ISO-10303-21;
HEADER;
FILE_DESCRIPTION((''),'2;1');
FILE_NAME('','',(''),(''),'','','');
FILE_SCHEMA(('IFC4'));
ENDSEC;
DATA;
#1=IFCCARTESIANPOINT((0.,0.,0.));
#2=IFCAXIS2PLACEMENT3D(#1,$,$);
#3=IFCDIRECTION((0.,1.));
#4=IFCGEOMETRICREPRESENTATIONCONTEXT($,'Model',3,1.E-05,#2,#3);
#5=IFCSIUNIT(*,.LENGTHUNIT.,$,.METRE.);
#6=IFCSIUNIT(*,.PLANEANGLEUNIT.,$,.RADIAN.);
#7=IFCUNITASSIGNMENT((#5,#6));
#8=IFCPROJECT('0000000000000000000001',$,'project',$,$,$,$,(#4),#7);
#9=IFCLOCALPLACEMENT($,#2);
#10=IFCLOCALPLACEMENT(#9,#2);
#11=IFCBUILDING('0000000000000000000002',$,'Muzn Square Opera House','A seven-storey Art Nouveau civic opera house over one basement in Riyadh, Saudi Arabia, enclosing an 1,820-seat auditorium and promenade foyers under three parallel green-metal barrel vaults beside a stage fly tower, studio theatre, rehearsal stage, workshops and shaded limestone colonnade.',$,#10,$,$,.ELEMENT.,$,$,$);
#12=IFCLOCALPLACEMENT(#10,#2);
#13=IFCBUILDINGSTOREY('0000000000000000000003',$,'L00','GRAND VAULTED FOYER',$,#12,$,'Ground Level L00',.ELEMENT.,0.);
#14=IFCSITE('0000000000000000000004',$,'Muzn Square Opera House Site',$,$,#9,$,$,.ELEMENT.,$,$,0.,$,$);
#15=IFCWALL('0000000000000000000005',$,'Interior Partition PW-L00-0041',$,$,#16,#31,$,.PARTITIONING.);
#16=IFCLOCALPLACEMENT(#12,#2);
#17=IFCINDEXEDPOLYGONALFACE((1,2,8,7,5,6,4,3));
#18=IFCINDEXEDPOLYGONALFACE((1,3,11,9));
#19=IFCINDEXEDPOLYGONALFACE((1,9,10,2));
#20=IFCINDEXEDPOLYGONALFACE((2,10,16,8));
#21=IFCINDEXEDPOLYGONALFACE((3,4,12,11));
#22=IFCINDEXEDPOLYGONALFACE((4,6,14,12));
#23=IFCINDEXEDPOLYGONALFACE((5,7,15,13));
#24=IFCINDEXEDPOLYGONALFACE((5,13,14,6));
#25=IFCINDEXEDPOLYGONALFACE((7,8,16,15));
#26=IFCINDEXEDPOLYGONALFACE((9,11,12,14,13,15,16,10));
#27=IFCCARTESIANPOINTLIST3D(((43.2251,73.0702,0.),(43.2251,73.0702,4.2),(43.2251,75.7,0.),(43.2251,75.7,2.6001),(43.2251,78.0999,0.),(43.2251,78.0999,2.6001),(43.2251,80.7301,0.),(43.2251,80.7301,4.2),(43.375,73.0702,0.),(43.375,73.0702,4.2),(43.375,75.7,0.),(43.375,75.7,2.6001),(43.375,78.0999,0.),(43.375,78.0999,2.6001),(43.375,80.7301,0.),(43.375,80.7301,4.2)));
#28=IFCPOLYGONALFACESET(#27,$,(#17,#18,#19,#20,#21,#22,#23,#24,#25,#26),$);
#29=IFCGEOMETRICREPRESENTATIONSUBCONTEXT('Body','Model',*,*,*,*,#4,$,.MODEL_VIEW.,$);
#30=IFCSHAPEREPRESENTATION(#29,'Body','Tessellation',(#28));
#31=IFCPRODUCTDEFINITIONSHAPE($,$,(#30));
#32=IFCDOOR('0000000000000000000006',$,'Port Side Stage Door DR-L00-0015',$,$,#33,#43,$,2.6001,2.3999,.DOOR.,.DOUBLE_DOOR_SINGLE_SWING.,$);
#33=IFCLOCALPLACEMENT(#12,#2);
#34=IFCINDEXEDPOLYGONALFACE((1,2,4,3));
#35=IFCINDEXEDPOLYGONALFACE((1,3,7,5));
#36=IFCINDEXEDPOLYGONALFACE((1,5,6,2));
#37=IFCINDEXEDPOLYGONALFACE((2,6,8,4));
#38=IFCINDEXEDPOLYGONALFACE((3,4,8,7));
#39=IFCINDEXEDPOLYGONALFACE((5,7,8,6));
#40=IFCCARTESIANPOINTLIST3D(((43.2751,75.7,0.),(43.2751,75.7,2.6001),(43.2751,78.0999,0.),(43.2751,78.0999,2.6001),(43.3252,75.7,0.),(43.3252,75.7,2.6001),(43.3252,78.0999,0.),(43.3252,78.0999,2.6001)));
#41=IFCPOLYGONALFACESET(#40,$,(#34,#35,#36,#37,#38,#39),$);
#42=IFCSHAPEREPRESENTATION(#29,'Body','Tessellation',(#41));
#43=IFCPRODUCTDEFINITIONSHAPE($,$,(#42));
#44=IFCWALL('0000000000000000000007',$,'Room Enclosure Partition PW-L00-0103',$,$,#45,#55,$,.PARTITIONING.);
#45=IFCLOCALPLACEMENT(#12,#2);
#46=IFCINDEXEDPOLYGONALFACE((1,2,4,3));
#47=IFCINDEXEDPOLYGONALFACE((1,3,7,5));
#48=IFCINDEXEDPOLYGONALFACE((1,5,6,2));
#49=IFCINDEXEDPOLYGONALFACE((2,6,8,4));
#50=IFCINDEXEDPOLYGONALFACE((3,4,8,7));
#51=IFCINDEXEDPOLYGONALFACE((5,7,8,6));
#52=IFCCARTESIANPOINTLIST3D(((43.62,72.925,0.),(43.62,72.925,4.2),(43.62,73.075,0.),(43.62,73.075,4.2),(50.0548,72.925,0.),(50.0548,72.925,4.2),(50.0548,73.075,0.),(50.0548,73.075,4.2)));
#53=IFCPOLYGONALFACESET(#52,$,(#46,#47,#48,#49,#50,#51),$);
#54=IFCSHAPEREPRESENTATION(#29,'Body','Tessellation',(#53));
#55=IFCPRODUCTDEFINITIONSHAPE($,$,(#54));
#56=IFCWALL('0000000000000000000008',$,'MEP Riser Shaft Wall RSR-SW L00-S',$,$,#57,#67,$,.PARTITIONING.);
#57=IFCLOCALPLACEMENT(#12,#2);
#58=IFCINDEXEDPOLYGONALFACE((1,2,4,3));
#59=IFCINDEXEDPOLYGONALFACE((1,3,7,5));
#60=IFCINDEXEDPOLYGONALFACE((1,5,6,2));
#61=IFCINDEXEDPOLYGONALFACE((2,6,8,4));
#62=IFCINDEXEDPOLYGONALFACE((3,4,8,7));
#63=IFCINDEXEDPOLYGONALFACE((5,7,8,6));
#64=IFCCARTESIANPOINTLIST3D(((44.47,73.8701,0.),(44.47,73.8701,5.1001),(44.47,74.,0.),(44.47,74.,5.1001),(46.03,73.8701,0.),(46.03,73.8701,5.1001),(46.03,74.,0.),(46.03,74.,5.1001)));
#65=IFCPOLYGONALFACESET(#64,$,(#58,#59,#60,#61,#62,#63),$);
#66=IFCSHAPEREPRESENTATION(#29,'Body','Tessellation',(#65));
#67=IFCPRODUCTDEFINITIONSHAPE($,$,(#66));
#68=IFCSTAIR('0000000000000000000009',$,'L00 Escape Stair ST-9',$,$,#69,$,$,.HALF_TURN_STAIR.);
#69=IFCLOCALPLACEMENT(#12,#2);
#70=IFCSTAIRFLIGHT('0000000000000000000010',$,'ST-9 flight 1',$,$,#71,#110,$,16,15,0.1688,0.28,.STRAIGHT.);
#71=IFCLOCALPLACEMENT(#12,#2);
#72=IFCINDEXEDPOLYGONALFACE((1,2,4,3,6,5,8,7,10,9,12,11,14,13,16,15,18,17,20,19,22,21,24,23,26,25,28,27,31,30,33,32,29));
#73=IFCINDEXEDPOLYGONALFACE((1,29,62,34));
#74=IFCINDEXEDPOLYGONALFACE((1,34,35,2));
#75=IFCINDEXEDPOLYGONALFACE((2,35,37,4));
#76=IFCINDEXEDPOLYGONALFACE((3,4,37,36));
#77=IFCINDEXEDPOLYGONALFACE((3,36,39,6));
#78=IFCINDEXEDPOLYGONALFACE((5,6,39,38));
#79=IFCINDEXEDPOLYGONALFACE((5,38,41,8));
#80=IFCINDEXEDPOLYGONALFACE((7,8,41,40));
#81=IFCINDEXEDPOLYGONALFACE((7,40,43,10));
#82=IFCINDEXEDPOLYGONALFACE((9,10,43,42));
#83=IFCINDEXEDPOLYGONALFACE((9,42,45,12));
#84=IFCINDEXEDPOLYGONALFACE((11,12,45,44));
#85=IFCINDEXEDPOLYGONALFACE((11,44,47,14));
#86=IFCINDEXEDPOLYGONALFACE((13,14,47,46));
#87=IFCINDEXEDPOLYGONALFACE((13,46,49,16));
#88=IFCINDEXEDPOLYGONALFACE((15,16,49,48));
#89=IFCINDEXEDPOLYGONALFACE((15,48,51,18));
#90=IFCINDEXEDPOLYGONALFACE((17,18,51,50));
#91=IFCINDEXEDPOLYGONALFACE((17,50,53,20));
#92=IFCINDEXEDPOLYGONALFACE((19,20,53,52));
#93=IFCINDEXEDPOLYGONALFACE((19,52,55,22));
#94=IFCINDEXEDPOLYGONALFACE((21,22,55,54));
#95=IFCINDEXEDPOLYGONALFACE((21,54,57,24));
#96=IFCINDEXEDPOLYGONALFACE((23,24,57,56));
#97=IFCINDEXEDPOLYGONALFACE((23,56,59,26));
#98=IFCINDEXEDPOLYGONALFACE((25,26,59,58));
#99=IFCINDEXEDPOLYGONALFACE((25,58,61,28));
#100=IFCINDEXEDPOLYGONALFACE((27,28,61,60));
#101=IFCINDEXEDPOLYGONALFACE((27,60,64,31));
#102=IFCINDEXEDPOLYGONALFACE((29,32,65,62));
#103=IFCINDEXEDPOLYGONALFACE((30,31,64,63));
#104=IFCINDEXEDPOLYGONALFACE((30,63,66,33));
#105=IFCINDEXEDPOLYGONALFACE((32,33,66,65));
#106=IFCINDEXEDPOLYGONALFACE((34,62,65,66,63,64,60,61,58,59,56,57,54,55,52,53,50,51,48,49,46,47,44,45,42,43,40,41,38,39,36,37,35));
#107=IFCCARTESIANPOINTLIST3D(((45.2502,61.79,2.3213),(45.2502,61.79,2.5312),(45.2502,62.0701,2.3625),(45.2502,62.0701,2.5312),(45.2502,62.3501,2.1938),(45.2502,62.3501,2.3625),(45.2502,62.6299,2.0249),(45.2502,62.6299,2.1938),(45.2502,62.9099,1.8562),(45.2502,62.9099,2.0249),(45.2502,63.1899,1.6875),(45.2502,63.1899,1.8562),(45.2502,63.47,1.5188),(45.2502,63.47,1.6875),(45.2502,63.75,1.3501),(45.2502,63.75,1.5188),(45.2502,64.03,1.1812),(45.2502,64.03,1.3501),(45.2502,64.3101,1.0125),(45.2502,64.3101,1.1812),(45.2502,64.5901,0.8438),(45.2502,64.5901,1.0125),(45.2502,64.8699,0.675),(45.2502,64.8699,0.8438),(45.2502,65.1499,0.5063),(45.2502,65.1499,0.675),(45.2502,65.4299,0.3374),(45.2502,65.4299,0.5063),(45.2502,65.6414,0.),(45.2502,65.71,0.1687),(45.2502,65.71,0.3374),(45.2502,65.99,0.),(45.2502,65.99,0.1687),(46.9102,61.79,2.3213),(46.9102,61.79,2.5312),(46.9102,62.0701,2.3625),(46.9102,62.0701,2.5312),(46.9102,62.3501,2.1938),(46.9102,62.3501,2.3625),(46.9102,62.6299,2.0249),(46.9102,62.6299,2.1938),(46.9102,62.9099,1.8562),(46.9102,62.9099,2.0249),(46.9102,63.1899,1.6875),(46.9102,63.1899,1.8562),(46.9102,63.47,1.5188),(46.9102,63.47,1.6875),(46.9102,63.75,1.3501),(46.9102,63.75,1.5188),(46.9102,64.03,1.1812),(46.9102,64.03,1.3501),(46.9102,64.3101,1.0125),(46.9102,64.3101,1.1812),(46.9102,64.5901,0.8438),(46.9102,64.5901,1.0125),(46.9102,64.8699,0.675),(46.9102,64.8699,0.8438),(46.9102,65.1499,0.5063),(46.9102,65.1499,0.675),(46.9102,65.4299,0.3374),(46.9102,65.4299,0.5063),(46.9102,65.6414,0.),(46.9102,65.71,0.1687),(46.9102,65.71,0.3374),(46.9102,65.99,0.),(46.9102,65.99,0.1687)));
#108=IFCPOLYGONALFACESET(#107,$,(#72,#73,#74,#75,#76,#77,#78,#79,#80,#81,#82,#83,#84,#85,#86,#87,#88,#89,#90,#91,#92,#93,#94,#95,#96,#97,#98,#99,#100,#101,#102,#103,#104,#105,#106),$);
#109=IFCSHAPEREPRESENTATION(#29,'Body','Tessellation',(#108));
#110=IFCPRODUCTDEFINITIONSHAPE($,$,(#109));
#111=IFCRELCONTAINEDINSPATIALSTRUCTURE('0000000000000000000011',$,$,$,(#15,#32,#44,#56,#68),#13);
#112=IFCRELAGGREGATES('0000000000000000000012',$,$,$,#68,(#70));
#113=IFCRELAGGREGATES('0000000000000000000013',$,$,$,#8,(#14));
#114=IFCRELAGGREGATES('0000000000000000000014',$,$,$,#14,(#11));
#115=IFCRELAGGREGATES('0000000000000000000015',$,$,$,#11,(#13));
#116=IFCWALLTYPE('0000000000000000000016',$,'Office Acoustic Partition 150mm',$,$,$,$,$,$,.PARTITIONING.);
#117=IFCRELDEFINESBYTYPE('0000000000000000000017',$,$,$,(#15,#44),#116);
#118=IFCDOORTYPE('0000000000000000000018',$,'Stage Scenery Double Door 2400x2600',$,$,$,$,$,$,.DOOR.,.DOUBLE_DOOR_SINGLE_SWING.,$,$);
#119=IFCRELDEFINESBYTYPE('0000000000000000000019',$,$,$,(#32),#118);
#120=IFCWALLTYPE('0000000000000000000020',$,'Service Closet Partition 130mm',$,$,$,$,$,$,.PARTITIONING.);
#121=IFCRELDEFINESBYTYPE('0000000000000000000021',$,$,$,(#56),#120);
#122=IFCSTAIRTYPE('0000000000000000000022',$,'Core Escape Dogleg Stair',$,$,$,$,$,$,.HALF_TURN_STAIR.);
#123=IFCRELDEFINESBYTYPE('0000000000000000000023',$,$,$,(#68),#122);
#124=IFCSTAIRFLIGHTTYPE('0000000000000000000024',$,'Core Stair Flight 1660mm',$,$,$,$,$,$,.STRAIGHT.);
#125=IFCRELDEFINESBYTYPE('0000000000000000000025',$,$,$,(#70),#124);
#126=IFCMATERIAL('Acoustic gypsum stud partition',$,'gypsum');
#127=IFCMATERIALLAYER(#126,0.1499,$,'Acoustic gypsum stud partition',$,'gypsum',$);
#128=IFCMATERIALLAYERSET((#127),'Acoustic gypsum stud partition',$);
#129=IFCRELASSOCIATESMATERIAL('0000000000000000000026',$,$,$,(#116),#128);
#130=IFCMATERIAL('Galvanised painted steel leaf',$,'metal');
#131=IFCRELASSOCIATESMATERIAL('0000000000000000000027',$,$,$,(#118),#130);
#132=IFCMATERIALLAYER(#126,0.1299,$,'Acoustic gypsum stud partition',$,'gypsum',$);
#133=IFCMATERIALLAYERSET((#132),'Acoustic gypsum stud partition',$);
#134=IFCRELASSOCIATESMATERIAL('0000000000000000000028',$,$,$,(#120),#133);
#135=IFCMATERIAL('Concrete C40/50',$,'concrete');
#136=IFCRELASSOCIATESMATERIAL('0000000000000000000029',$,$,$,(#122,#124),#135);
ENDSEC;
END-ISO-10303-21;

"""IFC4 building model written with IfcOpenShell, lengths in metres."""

from ifc_helpers import new_model, si_unit, direction, frame, frame_2d, origin, place, context, subcontext, project, spatial, polyline, rectangle, outline, extrude, material, layer, layer_set, type_object, element, fill, aggregate, save


model = new_model("IFC4")

# Units and contexts
model_context = context("Model", 3, precision=1e-05, world=origin(), true_north=direction((0.0, 1.0)))
body_context = subcontext(model_context, "Body", "Model", "MODEL_VIEW")
ifc_project = project(units=[si_unit("LENGTHUNIT", "METRE"), si_unit("PLANEANGLEUNIT", "RADIAN")], contexts=[model_context])

# Site, building, storey
site_placement = place(None, origin())
site = spatial("IfcSite", under=ifc_project, at=site_placement, Name="Muzn Square Opera House Site", CompositionType="ELEMENT", RefElevation=0.0)
building_placement = place(site_placement, origin())
building = spatial("IfcBuilding", under=site, at=building_placement, Name="Muzn Square Opera House", Description="A seven-storey Art Nouveau civic opera house over one basement in Riyadh, Saudi Arabia, enclosing an 1,820-seat auditorium and promenade foyers under three parallel green-metal barrel vaults beside a stage fly tower, studio theatre, rehearsal stage, workshops and shaded limestone colonnade.", CompositionType="ELEMENT")
storey_placement = place(building_placement, origin())
storey = spatial("IfcBuildingStorey", under=building, at=storey_placement, Name="L00", Description="GRAND VAULTED FOYER", LongName="Ground Level L00", CompositionType="ELEMENT", Elevation=0.0)

# Shared definitions
ifc_material_1 = material(Name="Concrete C40/50", Category="concrete")

# Wall, opening, door
ifc_material_2 = material(Name="Galvanised painted steel leaf", Category="metal")
ifc_material_3 = material(Name="Acoustic gypsum stud partition", Category="gypsum")
ifc_layer_1 = layer(ifc_material_3, 0.1499, Name="Acoustic gypsum stud partition", Category="gypsum")
ifc_layer_set_1 = layer_set([ifc_layer_1], Name="Acoustic gypsum stud partition")
wall_type_1 = type_object("IfcWallType", Name="Office Acoustic Partition 150mm", PredefinedType="PARTITIONING", material=ifc_layer_set_1)
wall_1_placement = place(storey_placement, frame((43.3, 73.0701, 0.0), z_axis=(0.0, 0.0, 1.0), x_axis=(0.0, 1.0, 0.0)))
wall_1 = element("IfcWall", 1, at=wall_1_placement, inside=storey, type_object=wall_type_1, Name="Interior Partition PW-L00-0041", PredefinedType="PARTITIONING", context=body_context, shape_type="SweptSolid", body=[
    extrude(rectangle(XDim=7.6599, YDim=0.1499, at=frame_2d((3.8301, 0.0))), origin(), (0.0, 0.0, 1.0), 4.2),
])
opening_1_placement = place(wall_1_placement, frame((2.6299, 0.0, 0.0)))
opening_1 = element("IfcOpeningElement", 2, at=opening_1_placement, cuts=wall_1, PredefinedType="OPENING", context=body_context, shape_type="SweptSolid", body=[
    extrude(rectangle(XDim=2.3999, YDim=2.6001, at=frame_2d((1.2, 1.3))), frame((0.0, 0.085, 0.0), z_axis=(0.0, -1.0, 0.0), x_axis=(1.0, 0.0, 0.0)), (0.0, 0.0, 1.0), 0.1699),
])
door_type_1 = type_object("IfcDoorType", Name="Stage Scenery Double Door 2400x2600", OperationType="DOUBLE_DOOR_SINGLE_SWING", PredefinedType="DOOR", material=ifc_material_2)
door_1_placement = place(opening_1_placement, origin())
door_1 = element("IfcDoor", 3, at=door_1_placement, inside=storey, type_object=door_type_1, Name="Port Side Stage Door DR-L00-0015", OperationType="DOUBLE_DOOR_SINGLE_SWING", OverallHeight=2.6001, OverallWidth=2.3999, PredefinedType="DOOR", context=body_context, shape_type="SweptSolid", body=[
    extrude(rectangle(XDim=2.3999, YDim=2.6001, at=frame_2d((1.2, 1.3))), frame((0.0, 0.0249, 0.0), z_axis=(0.0, -1.0, 0.0), x_axis=(1.0, 0.0, 0.0)), (0.0, 0.0, 1.0), 0.05),
])
fill(opening_1, door_1)

# Walls
wall_2_placement = place(storey_placement, frame((43.6201, 73.0, 0.0), z_axis=(0.0, 0.0, 1.0), x_axis=(1.0, 0.0, 0.0)))
element("IfcWall", 4, at=wall_2_placement, inside=storey, type_object=wall_type_1, Name="Room Enclosure Partition PW-L00-0103", PredefinedType="PARTITIONING", context=body_context, shape_type="SweptSolid", body=[
    extrude(rectangle(XDim=6.4348, YDim=0.1499, at=frame_2d((3.2173, 0.0))), origin(), (0.0, 0.0, 1.0), 4.2),
])
ifc_layer_2 = layer(ifc_material_3, 0.1299, Name="Acoustic gypsum stud partition", Category="gypsum")
ifc_layer_set_2 = layer_set([ifc_layer_2], Name="Acoustic gypsum stud partition")
wall_type_2 = type_object("IfcWallType", Name="Service Closet Partition 130mm", PredefinedType="PARTITIONING", material=ifc_layer_set_2)
wall_3_placement = place(storey_placement, frame((44.47, 73.9351, 0.0), z_axis=(0.0, 0.0, 1.0), x_axis=(1.0, 0.0, 0.0)))
element("IfcWall", 5, at=wall_3_placement, inside=storey, type_object=wall_type_2, Name="MEP Riser Shaft Wall RSR-SW L00-S", PredefinedType="PARTITIONING", context=body_context, shape_type="SweptSolid", body=[
    extrude(rectangle(XDim=1.5601, YDim=0.1299, at=frame_2d((0.78, 0.0))), origin(), (0.0, 0.0, 1.0), 5.1001),
])

# Stair, stair flight
stair_type = type_object("IfcStairType", Name="Core Escape Dogleg Stair", PredefinedType="HALF_TURN_STAIR", material=ifc_material_1)
stair_placement = place(storey_placement, origin())
stair = element("IfcStair", 6, at=stair_placement, inside=storey, type_object=stair_type, Name="L00 Escape Stair ST-9", PredefinedType="HALF_TURN_STAIR")
stair_flight_type = type_object("IfcStairFlightType", Name="Core Stair Flight 1660mm", PredefinedType="STRAIGHT", material=ifc_material_1)
stair_flight_placement = place(storey_placement, frame((46.0801, 65.99, 0.0), z_axis=(0.0, 0.0, 1.0), x_axis=(0.0, -1.0, 0.0)))
stair_flight = element("IfcStairFlight", 7, at=stair_flight_placement, type_object=stair_flight_type, Name="ST-9 flight 1", NumberOfRisers=16, NumberOfTreads=15, PredefinedType="STRAIGHT", RiserHeight=0.1688, TreadLength=0.28, context=body_context, shape_type="SweptSolid", body=[
    extrude(outline(polyline([(0.0, 0.0), (0.0, 0.1687), (0.28, 0.1687), (0.28, 0.3374), (0.5601, 0.3374), (0.5601, 0.5063), (0.8401, 0.5063), (0.8401, 0.675), (1.1201, 0.675), (1.1201, 0.8438), (1.3999, 0.8438), (1.3999, 1.0125), (1.6799, 1.0125), (1.6799, 1.1812), (1.96, 1.1812), (1.96, 1.3501), (2.24, 1.3501), (2.24, 1.5188), (2.52, 1.5188), (2.52, 1.6875), (2.8, 1.6875), (2.8, 1.8562), (3.0801, 1.8562), (3.0801, 2.0249), (3.3601, 2.0249), (3.3601, 2.1938), (3.6399, 2.1938), (3.6399, 2.3625), (3.9199, 2.3625), (3.9199, 2.5312), (4.2, 2.5312), (4.2, 2.7), (4.2, 2.3213), (0.3486, 0.0), (0.0, 0.0)])), frame((0.0, 0.8301, 0.0), z_axis=(0.0, -1.0, 0.0), x_axis=(1.0, 0.0, 0.0)), (0.0, 0.0, 1.0), 1.6599),
])
aggregate(stair, [stair_flight])

save(model, "model.ifc")
